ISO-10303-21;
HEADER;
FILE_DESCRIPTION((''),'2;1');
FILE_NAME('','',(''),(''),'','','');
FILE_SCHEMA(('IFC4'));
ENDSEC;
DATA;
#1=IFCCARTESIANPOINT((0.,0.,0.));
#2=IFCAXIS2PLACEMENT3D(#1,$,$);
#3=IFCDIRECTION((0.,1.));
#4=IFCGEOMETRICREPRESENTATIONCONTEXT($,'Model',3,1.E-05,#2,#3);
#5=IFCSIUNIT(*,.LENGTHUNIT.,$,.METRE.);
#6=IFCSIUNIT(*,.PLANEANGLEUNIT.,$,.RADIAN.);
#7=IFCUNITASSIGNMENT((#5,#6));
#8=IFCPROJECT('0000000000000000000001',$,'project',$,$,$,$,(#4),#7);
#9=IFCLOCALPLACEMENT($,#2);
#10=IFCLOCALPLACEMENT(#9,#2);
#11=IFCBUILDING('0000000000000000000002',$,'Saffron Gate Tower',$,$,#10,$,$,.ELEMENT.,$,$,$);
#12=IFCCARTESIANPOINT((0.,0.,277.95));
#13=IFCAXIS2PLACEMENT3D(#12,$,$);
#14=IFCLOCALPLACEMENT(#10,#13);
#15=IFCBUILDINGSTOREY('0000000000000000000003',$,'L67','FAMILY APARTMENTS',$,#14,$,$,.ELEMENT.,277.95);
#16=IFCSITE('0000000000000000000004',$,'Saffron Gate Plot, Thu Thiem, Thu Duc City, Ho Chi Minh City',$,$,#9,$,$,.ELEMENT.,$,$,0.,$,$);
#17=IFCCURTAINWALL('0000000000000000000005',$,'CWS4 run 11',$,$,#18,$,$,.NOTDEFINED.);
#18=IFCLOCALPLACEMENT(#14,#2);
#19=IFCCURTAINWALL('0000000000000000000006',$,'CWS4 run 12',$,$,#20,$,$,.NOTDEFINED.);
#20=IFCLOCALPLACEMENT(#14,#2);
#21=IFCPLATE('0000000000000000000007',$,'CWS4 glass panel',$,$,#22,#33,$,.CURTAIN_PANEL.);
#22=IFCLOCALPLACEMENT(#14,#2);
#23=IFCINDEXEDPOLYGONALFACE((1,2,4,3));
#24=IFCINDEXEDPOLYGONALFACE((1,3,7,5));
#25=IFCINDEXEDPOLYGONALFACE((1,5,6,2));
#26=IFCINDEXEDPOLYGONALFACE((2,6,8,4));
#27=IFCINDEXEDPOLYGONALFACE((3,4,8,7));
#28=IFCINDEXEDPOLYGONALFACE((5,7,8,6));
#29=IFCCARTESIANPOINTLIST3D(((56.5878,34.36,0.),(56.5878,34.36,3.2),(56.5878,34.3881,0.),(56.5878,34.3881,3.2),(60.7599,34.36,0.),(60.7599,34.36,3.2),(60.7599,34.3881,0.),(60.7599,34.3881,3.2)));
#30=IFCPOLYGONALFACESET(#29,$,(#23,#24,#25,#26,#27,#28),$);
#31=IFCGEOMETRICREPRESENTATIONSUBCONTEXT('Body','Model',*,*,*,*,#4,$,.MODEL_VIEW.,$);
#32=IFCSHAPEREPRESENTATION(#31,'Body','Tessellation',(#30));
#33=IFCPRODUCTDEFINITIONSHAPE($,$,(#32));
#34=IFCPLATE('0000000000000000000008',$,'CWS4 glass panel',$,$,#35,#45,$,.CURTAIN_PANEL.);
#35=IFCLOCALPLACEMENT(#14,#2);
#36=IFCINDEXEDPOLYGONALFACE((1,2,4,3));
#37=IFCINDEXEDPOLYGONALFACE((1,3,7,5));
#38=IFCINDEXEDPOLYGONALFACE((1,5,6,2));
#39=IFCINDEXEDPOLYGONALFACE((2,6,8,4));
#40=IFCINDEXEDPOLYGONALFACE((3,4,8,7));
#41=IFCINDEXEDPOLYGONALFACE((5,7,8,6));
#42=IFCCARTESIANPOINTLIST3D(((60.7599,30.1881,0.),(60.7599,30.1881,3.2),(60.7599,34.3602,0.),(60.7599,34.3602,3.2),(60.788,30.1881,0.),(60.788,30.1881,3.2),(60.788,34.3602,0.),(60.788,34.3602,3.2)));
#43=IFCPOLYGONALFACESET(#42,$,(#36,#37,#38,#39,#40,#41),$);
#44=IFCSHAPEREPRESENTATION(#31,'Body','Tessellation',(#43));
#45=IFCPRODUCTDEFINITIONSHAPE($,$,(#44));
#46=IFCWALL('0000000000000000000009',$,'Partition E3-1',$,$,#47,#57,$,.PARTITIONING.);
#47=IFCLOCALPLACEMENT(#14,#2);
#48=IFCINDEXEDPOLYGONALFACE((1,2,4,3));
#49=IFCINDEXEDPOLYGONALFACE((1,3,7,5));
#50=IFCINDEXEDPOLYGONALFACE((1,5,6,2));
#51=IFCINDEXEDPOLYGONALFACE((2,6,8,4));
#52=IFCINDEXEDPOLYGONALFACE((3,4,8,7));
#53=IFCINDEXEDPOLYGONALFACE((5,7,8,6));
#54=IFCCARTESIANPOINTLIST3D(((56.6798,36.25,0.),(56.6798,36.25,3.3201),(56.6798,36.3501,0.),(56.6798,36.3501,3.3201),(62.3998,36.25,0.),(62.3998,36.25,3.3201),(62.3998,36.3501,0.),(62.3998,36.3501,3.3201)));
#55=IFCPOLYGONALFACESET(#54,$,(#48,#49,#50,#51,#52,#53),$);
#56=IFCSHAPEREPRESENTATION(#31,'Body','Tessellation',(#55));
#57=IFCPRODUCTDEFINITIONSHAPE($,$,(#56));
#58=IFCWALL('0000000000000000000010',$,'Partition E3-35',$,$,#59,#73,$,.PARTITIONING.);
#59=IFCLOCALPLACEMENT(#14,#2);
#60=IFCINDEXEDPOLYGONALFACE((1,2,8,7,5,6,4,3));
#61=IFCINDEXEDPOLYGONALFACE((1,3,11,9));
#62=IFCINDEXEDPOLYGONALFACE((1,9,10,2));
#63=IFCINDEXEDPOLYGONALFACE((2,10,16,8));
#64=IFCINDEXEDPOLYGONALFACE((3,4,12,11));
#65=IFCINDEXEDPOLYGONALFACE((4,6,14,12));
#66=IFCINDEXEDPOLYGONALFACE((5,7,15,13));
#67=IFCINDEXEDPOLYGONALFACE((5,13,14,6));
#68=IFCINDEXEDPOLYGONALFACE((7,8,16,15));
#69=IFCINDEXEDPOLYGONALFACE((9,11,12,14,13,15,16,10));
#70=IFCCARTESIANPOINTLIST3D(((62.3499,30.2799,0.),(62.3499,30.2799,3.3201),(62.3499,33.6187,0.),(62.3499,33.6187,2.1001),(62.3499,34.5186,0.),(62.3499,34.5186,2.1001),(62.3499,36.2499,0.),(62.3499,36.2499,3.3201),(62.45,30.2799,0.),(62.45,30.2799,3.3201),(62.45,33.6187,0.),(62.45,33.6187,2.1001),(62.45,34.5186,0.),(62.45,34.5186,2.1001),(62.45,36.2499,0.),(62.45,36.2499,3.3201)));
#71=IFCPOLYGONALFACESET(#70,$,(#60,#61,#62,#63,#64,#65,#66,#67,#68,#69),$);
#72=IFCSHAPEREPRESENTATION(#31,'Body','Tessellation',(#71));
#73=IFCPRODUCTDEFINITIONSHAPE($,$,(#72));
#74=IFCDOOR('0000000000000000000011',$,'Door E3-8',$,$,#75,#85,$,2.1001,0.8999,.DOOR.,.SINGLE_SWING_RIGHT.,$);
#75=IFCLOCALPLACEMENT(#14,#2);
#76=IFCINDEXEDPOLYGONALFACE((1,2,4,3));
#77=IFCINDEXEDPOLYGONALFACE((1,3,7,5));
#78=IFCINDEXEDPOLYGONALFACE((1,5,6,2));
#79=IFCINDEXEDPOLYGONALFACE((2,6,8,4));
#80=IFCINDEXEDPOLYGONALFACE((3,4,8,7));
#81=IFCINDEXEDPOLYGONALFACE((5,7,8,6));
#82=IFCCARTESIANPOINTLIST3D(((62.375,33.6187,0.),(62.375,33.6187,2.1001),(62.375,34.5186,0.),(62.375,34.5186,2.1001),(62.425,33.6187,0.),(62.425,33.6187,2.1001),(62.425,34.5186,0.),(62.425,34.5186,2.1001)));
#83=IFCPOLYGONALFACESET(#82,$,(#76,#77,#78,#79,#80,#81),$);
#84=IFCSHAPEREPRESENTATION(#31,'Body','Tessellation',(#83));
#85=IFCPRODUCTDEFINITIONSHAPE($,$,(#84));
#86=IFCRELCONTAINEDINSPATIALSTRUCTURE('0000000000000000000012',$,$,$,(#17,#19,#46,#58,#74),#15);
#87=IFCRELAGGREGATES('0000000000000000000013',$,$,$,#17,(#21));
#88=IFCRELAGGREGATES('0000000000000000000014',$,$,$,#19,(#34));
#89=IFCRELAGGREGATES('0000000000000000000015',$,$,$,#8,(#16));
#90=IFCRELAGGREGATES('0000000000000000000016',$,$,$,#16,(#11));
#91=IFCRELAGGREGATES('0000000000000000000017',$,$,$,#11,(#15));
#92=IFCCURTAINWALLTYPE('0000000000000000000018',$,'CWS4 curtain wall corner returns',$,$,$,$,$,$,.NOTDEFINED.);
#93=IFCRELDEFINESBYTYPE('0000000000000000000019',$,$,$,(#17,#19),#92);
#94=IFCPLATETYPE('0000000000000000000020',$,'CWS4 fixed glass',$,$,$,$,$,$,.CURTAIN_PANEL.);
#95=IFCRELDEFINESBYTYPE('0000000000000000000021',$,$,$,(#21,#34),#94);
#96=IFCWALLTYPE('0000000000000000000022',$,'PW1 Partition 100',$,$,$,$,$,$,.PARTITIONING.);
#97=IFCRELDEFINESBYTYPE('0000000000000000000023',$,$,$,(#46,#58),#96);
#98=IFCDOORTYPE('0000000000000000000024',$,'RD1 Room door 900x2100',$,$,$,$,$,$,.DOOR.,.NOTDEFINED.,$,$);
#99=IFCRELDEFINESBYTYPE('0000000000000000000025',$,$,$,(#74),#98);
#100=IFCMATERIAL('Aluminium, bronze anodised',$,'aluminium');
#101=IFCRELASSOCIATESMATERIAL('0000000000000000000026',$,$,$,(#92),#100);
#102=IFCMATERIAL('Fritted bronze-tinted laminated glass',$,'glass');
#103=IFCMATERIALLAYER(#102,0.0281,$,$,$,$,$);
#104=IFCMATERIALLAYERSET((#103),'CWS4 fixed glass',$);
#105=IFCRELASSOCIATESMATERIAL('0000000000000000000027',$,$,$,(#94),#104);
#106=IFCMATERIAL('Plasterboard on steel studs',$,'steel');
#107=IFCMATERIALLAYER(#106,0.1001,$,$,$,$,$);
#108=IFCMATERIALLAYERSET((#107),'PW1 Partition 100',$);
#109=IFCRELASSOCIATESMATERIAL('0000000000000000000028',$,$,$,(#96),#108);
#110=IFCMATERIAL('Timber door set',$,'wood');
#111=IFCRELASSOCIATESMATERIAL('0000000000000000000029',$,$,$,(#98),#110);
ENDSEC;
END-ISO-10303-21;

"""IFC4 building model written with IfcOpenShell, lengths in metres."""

from ifc_helpers import new_model, si_unit, direction, frame, frame_2d, origin, place, context, subcontext, project, spatial, rectangle, extrude, material, layer, layer_set, type_object, element, fill, aggregate, save


model = new_model("IFC4")

# Units and contexts
model_context = context("Model", 3, precision=1e-05, world=origin(), true_north=direction((0.0, 1.0)))
body_context = subcontext(model_context, "Body", "Model", "MODEL_VIEW")
ifc_project = project(units=[si_unit("LENGTHUNIT", "METRE"), si_unit("PLANEANGLEUNIT", "RADIAN")], contexts=[model_context])

# Site, building, storey
site_placement = place(None, origin())
site = spatial("IfcSite", under=ifc_project, at=site_placement, Name="Saffron Gate Plot, Thu Thiem, Thu Duc City, Ho Chi Minh City", CompositionType="ELEMENT", RefElevation=0.0)
building_placement = place(site_placement, origin())
building = spatial("IfcBuilding", under=site, at=building_placement, Name="Saffron Gate Tower", CompositionType="ELEMENT")
storey_placement = place(building_placement, frame((0.0, 0.0, 277.95)))
storey = spatial("IfcBuildingStorey", under=building, at=storey_placement, Name="L67", Description="FAMILY APARTMENTS", CompositionType="ELEMENT", Elevation=277.95)

# Shared definitions
ifc_material_1 = material(Name="Aluminium, bronze anodised", Category="aluminium")

# Curtain walls
curtain_wall_type_1 = type_object("IfcCurtainWallType", Name="CWS4 curtain wall corner returns", PredefinedType="NOTDEFINED", material=ifc_material_1)
curtain_wall_1_placement = place(storey_placement, origin())
curtain_wall_1 = element("IfcCurtainWall", 1, at=curtain_wall_1_placement, inside=storey, type_object=curtain_wall_type_1, Name="CWS4 run 11", PredefinedType="NOTDEFINED")
curtain_wall_2_placement = place(storey_placement, origin())
curtain_wall_2 = element("IfcCurtainWall", 2, at=curtain_wall_2_placement, inside=storey, type_object=curtain_wall_type_1, Name="CWS4 run 12", PredefinedType="NOTDEFINED")

# Shared definitions
ifc_material_2 = material(Name="Fritted bronze-tinted laminated glass", Category="glass")

# Plates
ifc_layer_1 = layer(ifc_material_2, 0.0281)
ifc_layer_set_1 = layer_set([ifc_layer_1], Name="CWS4 fixed glass")
plate_type_1 = type_object("IfcPlateType", Name="CWS4 fixed glass", PredefinedType="CURTAIN_PANEL", material=ifc_layer_set_1)
plate_1_placement = place(storey_placement, frame((56.5879, 34.374, 0.0), z_axis=(0.0, 0.0, 1.0), x_axis=(1.0, 0.0, 0.0)))
plate_1 = element("IfcPlate", 3, at=plate_1_placement, type_object=plate_type_1, Name="CWS4 glass panel", PredefinedType="CURTAIN_PANEL", context=body_context, shape_type="SweptSolid", body=[
    extrude(rectangle(XDim=4.1721, YDim=0.0281, at=frame_2d((2.0859, 0.0))), origin(), (0.0, 0.0, 1.0), 3.2),
])
aggregate(curtain_wall_1, [plate_1])
plate_2_placement = place(storey_placement, frame((60.7739, 34.3601, 0.0), z_axis=(0.0, 0.0, 1.0), x_axis=(0.0, -1.0, 0.0)))
plate_2 = element("IfcPlate", 4, at=plate_2_placement, type_object=plate_type_1, Name="CWS4 glass panel", PredefinedType="CURTAIN_PANEL", context=body_context, shape_type="SweptSolid", body=[
    extrude(rectangle(XDim=4.1721, YDim=0.0281, at=frame_2d((2.0859, 0.0))), origin(), (0.0, 0.0, 1.0), 3.2),
])
aggregate(curtain_wall_2, [plate_2])

# Wall
ifc_material_3 = material(Name="Plasterboard on steel studs", Category="steel")
ifc_layer_2 = layer(ifc_material_3, 0.1001)
ifc_layer_set_2 = layer_set([ifc_layer_2], Name="PW1 Partition 100")
wall_type = type_object("IfcWallType", Name="PW1 Partition 100", PredefinedType="PARTITIONING", material=ifc_layer_set_2)
wall_1_placement = place(storey_placement, frame((56.6799, 36.3, 0.0), z_axis=(0.0, 0.0, 1.0), x_axis=(1.0, 0.0, 0.0)))
element("IfcWall", 5, at=wall_1_placement, inside=storey, type_object=wall_type, Name="Partition E3-1", PredefinedType="PARTITIONING", context=body_context, shape_type="SweptSolid", body=[
    extrude(rectangle(XDim=5.72, YDim=0.1001, at=frame_2d((2.8599, 0.0))), origin(), (0.0, 0.0, 1.0), 3.3201),
])

# Wall, opening, door
wall_2_placement = place(storey_placement, frame((62.3999, 30.28, 0.0), z_axis=(0.0, 0.0, 1.0), x_axis=(0.0, 1.0, 0.0)))
wall_2 = element("IfcWall", 6, at=wall_2_placement, inside=storey, type_object=wall_type, Name="Partition E3-35", PredefinedType="PARTITIONING", context=body_context, shape_type="SweptSolid", body=[
    extrude(rectangle(XDim=5.97, YDim=0.1001, at=frame_2d((2.9849, 0.0))), origin(), (0.0, 0.0, 1.0), 3.3201),
])
opening_1_placement = place(wall_2_placement, frame((3.3386, 0.0, 0.0)))
opening_1 = element("IfcOpeningElement", 7, at=opening_1_placement, cuts=wall_2, PredefinedType="OPENING", context=body_context, shape_type="SweptSolid", body=[
    extrude(rectangle(XDim=0.8999, YDim=2.1001, at=frame_2d((0.45, 1.05))), frame((0.0, 0.0601, 0.0), z_axis=(0.0, -1.0, 0.0), x_axis=(1.0, 0.0, 0.0)), (0.0, 0.0, 1.0), 0.1201),
])
ifc_material_4 = material(Name="Timber door set", Category="wood")
door_type = type_object("IfcDoorType", Name="RD1 Room door 900x2100", OperationType="NOTDEFINED", PredefinedType="DOOR", material=ifc_material_4)
door_placement = place(opening_1_placement, origin())
door = element("IfcDoor", 8, at=door_placement, inside=storey, type_object=door_type, Name="Door E3-8", OperationType="SINGLE_SWING_RIGHT", OverallHeight=2.1001, OverallWidth=0.8999, PredefinedType="DOOR", context=body_context, shape_type="SweptSolid", body=[
    extrude(rectangle(XDim=0.8999, YDim=2.1001, at=frame_2d((0.45, 1.05))), frame((0.0, 0.0249, 0.0), z_axis=(0.0, -1.0, 0.0), x_axis=(1.0, 0.0, 0.0)), (0.0, 0.0, 1.0), 0.05),
])
fill(opening_1, door)

save(model, "model.ifc")
